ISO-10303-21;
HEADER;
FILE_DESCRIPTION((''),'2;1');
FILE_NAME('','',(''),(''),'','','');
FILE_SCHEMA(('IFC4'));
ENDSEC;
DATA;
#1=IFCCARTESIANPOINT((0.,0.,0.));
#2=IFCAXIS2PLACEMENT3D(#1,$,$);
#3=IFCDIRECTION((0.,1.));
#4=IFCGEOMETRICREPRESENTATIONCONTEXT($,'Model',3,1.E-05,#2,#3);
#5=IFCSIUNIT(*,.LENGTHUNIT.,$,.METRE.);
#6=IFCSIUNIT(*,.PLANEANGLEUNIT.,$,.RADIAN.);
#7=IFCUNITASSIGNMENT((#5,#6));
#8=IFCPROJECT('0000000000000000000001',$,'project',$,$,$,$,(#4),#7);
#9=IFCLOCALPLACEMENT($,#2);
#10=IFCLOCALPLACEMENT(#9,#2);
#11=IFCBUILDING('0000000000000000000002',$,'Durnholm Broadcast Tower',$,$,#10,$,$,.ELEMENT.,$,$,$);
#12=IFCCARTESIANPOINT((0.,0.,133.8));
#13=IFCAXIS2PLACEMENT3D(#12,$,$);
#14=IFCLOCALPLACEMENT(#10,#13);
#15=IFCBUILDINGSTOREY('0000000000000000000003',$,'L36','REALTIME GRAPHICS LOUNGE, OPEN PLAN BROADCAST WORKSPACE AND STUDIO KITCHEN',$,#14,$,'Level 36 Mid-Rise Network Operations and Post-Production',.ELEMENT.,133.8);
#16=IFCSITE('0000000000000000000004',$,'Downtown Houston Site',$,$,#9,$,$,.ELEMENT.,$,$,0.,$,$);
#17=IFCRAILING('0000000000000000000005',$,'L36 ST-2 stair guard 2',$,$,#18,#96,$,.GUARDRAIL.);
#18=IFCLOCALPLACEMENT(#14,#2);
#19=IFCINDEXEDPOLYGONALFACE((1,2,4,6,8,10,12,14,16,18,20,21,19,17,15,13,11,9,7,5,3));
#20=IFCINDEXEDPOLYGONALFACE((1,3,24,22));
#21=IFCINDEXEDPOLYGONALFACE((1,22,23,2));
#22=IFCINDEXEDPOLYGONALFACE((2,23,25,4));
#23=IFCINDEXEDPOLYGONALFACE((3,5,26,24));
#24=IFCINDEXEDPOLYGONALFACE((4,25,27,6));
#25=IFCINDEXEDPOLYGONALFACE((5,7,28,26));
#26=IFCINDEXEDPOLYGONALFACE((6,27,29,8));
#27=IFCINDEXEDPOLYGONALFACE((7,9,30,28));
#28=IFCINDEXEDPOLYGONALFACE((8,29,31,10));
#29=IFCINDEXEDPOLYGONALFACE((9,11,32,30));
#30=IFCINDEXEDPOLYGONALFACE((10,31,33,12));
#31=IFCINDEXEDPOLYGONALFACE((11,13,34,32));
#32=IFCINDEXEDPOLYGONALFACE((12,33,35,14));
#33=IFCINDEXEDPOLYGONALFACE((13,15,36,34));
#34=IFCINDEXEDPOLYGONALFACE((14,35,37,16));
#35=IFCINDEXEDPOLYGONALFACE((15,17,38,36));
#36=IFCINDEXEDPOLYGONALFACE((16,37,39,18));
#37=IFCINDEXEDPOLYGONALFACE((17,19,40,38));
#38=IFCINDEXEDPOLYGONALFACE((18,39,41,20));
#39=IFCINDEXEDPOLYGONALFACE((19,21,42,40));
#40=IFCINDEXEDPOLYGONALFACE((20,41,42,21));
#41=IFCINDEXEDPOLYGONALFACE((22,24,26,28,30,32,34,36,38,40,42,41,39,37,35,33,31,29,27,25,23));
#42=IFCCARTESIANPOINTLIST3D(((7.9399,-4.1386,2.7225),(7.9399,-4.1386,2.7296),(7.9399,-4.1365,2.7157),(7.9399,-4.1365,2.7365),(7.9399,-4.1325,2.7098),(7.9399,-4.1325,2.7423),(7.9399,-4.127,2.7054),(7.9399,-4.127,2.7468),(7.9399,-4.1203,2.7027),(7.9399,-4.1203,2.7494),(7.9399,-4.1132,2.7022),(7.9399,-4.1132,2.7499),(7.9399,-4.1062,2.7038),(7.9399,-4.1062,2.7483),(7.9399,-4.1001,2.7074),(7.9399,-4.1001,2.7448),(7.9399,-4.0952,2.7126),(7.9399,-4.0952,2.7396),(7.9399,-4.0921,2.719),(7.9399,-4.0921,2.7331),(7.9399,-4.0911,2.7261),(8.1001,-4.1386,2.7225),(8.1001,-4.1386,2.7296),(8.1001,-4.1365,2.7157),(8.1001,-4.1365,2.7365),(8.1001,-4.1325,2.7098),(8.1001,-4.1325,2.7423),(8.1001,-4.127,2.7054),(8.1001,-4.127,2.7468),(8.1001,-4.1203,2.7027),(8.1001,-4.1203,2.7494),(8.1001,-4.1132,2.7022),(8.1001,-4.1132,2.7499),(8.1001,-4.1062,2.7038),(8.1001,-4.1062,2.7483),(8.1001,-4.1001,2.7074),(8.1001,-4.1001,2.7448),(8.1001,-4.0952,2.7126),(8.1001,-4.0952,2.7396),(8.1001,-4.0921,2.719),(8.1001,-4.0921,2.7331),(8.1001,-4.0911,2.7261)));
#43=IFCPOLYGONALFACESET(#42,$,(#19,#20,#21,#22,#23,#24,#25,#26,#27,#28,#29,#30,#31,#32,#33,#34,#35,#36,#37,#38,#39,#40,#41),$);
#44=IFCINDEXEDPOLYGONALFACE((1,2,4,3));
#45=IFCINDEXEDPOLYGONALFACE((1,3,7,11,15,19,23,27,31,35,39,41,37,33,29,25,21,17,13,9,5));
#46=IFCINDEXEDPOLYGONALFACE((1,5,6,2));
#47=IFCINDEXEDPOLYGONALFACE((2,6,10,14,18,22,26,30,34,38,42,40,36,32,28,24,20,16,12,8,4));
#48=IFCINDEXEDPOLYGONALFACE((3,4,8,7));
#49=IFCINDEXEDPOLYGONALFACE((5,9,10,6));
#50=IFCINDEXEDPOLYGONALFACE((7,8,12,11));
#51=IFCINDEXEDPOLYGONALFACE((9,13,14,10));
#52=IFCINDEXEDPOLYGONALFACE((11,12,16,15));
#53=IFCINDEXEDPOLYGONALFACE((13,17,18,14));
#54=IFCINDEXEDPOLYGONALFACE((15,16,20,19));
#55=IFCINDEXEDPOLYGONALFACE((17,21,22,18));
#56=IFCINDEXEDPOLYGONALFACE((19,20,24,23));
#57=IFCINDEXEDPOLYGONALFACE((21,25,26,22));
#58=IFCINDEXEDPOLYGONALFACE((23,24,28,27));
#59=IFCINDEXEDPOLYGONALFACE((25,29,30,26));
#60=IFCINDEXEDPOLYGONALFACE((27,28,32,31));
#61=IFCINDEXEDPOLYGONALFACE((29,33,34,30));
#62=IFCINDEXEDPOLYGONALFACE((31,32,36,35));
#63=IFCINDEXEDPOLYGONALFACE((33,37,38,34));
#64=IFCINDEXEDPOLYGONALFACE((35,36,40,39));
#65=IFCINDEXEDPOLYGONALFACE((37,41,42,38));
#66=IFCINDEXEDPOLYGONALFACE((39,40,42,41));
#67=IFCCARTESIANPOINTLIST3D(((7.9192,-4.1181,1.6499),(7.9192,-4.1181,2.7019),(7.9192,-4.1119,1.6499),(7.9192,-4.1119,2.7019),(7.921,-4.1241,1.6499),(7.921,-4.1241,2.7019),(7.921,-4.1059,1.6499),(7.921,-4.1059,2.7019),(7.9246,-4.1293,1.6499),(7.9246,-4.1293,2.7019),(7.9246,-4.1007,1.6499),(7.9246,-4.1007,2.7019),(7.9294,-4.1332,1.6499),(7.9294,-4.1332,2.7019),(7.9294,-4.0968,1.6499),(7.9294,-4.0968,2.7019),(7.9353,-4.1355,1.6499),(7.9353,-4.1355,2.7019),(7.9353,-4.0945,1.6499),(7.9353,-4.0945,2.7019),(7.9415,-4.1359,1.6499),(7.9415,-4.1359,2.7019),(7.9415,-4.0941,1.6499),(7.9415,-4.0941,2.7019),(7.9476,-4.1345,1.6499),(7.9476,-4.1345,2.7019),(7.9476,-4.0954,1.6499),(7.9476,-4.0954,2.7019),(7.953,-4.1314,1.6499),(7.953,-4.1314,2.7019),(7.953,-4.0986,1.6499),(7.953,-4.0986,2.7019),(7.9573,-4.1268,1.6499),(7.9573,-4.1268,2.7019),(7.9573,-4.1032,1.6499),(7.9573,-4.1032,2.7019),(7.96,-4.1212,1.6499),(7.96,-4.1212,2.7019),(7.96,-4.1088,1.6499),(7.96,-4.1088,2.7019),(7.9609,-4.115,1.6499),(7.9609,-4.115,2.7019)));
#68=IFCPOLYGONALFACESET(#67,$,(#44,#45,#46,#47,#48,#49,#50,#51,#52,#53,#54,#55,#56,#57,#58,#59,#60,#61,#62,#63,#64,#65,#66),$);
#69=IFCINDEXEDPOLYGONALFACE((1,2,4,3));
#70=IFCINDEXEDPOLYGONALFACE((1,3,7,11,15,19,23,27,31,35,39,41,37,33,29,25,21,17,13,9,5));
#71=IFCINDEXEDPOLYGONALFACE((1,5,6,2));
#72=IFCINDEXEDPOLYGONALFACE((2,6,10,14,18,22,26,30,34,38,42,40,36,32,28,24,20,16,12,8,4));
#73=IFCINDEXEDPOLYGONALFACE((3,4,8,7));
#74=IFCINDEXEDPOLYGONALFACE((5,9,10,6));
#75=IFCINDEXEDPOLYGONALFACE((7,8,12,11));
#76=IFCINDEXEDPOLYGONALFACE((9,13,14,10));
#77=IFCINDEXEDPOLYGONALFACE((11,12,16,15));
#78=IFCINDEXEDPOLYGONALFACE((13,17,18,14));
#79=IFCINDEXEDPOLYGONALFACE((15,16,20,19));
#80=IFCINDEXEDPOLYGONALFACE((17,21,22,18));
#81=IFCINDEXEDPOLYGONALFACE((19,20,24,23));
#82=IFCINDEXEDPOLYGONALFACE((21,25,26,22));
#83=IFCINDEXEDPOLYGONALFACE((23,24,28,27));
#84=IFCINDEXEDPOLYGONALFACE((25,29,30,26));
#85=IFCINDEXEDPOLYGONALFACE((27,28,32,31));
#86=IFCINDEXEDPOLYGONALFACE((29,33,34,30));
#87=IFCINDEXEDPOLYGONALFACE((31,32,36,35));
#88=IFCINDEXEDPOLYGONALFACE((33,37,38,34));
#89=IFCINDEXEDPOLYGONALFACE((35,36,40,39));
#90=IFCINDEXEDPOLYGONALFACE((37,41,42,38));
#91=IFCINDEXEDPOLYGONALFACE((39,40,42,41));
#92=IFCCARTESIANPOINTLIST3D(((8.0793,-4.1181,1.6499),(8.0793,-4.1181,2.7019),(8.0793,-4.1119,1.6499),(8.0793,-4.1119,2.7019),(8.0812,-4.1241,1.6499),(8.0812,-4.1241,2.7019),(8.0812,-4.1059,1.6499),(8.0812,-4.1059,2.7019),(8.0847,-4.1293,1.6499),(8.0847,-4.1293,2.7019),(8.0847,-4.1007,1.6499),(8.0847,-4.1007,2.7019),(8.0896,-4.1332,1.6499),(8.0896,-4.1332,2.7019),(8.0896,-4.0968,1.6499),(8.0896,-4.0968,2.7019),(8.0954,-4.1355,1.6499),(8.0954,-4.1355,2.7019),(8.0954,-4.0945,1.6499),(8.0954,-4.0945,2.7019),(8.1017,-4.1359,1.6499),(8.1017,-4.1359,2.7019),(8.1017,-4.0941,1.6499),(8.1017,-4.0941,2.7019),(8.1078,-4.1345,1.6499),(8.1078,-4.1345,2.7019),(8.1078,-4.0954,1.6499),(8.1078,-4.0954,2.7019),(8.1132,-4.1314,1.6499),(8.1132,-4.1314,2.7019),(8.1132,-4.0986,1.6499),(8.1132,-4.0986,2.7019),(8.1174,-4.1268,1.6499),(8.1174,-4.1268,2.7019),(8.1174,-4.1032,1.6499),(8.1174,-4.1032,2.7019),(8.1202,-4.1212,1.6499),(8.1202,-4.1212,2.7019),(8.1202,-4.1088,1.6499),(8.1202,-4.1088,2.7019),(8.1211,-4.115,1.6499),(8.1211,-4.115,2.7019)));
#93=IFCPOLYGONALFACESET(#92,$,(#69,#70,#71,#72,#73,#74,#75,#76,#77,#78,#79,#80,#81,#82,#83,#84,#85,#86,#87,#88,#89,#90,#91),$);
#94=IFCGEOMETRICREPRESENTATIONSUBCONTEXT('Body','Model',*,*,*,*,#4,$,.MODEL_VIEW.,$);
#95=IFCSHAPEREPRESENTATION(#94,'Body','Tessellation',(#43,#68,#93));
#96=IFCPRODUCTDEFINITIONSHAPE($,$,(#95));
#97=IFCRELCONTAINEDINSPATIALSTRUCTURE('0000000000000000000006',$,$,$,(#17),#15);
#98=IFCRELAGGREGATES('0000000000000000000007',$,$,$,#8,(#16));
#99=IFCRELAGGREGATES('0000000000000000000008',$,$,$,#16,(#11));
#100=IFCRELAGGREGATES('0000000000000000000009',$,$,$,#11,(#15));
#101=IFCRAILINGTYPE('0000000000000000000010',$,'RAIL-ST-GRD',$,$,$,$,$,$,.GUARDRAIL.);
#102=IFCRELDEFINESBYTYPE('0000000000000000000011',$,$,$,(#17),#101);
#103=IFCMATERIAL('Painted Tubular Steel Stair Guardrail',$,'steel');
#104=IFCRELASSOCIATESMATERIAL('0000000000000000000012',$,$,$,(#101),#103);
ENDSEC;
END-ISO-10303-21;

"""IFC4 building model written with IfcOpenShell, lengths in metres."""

from ifc_helpers import new_model, si_unit, direction, frame, origin, origin_2d, place, context, subcontext, project, spatial, circle, extrude, material, type_object, element, save


model = new_model("IFC4")

# Units and contexts
model_context = context("Model", 3, precision=1e-05, world=origin(), true_north=direction((0.0, 1.0)))
body_context = subcontext(model_context, "Body", "Model", "MODEL_VIEW")
ifc_project = project(units=[si_unit("LENGTHUNIT", "METRE"), si_unit("PLANEANGLEUNIT", "RADIAN")], contexts=[model_context])

# Site, building, storey
site_placement = place(None, origin())
site = spatial("IfcSite", under=ifc_project, at=site_placement, Name="Downtown Houston Site", CompositionType="ELEMENT", RefElevation=0.0)
building_placement = place(site_placement, origin())
building = spatial("IfcBuilding", under=site, at=building_placement, Name="Durnholm Broadcast Tower", CompositionType="ELEMENT")
storey_placement = place(building_placement, frame((0.0, 0.0, 133.8)))
storey = spatial("IfcBuildingStorey", under=building, at=storey_placement, Name="L36", Description="REALTIME GRAPHICS LOUNGE, OPEN PLAN BROADCAST WORKSPACE AND STUDIO KITCHEN", LongName="Level 36 Mid-Rise Network Operations and Post-Production", CompositionType="ELEMENT", Elevation=133.8)

# Railing
ifc_material_1 = material(Name="Painted Tubular Steel Stair Guardrail", Category="steel")
railing_type_1 = type_object("IfcRailingType", Name="RAIL-ST-GRD", PredefinedType="GUARDRAIL", material=ifc_material_1)
railing_1_placement = place(storey_placement, frame((7.9399, -4.115, 1.6499)))
element("IfcRailing", 1, at=railing_1_placement, inside=storey, type_object=railing_type_1, Name="L36 ST-2 stair guard 2", PredefinedType="GUARDRAIL", context=body_context, shape_type="SweptSolid", body=[
    extrude(circle(Radius=0.0239, at=origin_2d()), frame((0.0, 0.0, 1.0762), z_axis=(1.0, 0.0, 0.0), x_axis=(0.0, 1.0, 0.0)), (0.0, 0.0, 1.0), 0.1602),
    extrude(circle(Radius=0.021, at=origin_2d()), origin(), (0.0, 0.0, 1.0), 1.052),
    extrude(circle(Radius=0.021, at=origin_2d()), frame((0.1602, 0.0, 0.0)), (0.0, 0.0, 1.0), 1.052),
])

save(model, "model.ifc")
